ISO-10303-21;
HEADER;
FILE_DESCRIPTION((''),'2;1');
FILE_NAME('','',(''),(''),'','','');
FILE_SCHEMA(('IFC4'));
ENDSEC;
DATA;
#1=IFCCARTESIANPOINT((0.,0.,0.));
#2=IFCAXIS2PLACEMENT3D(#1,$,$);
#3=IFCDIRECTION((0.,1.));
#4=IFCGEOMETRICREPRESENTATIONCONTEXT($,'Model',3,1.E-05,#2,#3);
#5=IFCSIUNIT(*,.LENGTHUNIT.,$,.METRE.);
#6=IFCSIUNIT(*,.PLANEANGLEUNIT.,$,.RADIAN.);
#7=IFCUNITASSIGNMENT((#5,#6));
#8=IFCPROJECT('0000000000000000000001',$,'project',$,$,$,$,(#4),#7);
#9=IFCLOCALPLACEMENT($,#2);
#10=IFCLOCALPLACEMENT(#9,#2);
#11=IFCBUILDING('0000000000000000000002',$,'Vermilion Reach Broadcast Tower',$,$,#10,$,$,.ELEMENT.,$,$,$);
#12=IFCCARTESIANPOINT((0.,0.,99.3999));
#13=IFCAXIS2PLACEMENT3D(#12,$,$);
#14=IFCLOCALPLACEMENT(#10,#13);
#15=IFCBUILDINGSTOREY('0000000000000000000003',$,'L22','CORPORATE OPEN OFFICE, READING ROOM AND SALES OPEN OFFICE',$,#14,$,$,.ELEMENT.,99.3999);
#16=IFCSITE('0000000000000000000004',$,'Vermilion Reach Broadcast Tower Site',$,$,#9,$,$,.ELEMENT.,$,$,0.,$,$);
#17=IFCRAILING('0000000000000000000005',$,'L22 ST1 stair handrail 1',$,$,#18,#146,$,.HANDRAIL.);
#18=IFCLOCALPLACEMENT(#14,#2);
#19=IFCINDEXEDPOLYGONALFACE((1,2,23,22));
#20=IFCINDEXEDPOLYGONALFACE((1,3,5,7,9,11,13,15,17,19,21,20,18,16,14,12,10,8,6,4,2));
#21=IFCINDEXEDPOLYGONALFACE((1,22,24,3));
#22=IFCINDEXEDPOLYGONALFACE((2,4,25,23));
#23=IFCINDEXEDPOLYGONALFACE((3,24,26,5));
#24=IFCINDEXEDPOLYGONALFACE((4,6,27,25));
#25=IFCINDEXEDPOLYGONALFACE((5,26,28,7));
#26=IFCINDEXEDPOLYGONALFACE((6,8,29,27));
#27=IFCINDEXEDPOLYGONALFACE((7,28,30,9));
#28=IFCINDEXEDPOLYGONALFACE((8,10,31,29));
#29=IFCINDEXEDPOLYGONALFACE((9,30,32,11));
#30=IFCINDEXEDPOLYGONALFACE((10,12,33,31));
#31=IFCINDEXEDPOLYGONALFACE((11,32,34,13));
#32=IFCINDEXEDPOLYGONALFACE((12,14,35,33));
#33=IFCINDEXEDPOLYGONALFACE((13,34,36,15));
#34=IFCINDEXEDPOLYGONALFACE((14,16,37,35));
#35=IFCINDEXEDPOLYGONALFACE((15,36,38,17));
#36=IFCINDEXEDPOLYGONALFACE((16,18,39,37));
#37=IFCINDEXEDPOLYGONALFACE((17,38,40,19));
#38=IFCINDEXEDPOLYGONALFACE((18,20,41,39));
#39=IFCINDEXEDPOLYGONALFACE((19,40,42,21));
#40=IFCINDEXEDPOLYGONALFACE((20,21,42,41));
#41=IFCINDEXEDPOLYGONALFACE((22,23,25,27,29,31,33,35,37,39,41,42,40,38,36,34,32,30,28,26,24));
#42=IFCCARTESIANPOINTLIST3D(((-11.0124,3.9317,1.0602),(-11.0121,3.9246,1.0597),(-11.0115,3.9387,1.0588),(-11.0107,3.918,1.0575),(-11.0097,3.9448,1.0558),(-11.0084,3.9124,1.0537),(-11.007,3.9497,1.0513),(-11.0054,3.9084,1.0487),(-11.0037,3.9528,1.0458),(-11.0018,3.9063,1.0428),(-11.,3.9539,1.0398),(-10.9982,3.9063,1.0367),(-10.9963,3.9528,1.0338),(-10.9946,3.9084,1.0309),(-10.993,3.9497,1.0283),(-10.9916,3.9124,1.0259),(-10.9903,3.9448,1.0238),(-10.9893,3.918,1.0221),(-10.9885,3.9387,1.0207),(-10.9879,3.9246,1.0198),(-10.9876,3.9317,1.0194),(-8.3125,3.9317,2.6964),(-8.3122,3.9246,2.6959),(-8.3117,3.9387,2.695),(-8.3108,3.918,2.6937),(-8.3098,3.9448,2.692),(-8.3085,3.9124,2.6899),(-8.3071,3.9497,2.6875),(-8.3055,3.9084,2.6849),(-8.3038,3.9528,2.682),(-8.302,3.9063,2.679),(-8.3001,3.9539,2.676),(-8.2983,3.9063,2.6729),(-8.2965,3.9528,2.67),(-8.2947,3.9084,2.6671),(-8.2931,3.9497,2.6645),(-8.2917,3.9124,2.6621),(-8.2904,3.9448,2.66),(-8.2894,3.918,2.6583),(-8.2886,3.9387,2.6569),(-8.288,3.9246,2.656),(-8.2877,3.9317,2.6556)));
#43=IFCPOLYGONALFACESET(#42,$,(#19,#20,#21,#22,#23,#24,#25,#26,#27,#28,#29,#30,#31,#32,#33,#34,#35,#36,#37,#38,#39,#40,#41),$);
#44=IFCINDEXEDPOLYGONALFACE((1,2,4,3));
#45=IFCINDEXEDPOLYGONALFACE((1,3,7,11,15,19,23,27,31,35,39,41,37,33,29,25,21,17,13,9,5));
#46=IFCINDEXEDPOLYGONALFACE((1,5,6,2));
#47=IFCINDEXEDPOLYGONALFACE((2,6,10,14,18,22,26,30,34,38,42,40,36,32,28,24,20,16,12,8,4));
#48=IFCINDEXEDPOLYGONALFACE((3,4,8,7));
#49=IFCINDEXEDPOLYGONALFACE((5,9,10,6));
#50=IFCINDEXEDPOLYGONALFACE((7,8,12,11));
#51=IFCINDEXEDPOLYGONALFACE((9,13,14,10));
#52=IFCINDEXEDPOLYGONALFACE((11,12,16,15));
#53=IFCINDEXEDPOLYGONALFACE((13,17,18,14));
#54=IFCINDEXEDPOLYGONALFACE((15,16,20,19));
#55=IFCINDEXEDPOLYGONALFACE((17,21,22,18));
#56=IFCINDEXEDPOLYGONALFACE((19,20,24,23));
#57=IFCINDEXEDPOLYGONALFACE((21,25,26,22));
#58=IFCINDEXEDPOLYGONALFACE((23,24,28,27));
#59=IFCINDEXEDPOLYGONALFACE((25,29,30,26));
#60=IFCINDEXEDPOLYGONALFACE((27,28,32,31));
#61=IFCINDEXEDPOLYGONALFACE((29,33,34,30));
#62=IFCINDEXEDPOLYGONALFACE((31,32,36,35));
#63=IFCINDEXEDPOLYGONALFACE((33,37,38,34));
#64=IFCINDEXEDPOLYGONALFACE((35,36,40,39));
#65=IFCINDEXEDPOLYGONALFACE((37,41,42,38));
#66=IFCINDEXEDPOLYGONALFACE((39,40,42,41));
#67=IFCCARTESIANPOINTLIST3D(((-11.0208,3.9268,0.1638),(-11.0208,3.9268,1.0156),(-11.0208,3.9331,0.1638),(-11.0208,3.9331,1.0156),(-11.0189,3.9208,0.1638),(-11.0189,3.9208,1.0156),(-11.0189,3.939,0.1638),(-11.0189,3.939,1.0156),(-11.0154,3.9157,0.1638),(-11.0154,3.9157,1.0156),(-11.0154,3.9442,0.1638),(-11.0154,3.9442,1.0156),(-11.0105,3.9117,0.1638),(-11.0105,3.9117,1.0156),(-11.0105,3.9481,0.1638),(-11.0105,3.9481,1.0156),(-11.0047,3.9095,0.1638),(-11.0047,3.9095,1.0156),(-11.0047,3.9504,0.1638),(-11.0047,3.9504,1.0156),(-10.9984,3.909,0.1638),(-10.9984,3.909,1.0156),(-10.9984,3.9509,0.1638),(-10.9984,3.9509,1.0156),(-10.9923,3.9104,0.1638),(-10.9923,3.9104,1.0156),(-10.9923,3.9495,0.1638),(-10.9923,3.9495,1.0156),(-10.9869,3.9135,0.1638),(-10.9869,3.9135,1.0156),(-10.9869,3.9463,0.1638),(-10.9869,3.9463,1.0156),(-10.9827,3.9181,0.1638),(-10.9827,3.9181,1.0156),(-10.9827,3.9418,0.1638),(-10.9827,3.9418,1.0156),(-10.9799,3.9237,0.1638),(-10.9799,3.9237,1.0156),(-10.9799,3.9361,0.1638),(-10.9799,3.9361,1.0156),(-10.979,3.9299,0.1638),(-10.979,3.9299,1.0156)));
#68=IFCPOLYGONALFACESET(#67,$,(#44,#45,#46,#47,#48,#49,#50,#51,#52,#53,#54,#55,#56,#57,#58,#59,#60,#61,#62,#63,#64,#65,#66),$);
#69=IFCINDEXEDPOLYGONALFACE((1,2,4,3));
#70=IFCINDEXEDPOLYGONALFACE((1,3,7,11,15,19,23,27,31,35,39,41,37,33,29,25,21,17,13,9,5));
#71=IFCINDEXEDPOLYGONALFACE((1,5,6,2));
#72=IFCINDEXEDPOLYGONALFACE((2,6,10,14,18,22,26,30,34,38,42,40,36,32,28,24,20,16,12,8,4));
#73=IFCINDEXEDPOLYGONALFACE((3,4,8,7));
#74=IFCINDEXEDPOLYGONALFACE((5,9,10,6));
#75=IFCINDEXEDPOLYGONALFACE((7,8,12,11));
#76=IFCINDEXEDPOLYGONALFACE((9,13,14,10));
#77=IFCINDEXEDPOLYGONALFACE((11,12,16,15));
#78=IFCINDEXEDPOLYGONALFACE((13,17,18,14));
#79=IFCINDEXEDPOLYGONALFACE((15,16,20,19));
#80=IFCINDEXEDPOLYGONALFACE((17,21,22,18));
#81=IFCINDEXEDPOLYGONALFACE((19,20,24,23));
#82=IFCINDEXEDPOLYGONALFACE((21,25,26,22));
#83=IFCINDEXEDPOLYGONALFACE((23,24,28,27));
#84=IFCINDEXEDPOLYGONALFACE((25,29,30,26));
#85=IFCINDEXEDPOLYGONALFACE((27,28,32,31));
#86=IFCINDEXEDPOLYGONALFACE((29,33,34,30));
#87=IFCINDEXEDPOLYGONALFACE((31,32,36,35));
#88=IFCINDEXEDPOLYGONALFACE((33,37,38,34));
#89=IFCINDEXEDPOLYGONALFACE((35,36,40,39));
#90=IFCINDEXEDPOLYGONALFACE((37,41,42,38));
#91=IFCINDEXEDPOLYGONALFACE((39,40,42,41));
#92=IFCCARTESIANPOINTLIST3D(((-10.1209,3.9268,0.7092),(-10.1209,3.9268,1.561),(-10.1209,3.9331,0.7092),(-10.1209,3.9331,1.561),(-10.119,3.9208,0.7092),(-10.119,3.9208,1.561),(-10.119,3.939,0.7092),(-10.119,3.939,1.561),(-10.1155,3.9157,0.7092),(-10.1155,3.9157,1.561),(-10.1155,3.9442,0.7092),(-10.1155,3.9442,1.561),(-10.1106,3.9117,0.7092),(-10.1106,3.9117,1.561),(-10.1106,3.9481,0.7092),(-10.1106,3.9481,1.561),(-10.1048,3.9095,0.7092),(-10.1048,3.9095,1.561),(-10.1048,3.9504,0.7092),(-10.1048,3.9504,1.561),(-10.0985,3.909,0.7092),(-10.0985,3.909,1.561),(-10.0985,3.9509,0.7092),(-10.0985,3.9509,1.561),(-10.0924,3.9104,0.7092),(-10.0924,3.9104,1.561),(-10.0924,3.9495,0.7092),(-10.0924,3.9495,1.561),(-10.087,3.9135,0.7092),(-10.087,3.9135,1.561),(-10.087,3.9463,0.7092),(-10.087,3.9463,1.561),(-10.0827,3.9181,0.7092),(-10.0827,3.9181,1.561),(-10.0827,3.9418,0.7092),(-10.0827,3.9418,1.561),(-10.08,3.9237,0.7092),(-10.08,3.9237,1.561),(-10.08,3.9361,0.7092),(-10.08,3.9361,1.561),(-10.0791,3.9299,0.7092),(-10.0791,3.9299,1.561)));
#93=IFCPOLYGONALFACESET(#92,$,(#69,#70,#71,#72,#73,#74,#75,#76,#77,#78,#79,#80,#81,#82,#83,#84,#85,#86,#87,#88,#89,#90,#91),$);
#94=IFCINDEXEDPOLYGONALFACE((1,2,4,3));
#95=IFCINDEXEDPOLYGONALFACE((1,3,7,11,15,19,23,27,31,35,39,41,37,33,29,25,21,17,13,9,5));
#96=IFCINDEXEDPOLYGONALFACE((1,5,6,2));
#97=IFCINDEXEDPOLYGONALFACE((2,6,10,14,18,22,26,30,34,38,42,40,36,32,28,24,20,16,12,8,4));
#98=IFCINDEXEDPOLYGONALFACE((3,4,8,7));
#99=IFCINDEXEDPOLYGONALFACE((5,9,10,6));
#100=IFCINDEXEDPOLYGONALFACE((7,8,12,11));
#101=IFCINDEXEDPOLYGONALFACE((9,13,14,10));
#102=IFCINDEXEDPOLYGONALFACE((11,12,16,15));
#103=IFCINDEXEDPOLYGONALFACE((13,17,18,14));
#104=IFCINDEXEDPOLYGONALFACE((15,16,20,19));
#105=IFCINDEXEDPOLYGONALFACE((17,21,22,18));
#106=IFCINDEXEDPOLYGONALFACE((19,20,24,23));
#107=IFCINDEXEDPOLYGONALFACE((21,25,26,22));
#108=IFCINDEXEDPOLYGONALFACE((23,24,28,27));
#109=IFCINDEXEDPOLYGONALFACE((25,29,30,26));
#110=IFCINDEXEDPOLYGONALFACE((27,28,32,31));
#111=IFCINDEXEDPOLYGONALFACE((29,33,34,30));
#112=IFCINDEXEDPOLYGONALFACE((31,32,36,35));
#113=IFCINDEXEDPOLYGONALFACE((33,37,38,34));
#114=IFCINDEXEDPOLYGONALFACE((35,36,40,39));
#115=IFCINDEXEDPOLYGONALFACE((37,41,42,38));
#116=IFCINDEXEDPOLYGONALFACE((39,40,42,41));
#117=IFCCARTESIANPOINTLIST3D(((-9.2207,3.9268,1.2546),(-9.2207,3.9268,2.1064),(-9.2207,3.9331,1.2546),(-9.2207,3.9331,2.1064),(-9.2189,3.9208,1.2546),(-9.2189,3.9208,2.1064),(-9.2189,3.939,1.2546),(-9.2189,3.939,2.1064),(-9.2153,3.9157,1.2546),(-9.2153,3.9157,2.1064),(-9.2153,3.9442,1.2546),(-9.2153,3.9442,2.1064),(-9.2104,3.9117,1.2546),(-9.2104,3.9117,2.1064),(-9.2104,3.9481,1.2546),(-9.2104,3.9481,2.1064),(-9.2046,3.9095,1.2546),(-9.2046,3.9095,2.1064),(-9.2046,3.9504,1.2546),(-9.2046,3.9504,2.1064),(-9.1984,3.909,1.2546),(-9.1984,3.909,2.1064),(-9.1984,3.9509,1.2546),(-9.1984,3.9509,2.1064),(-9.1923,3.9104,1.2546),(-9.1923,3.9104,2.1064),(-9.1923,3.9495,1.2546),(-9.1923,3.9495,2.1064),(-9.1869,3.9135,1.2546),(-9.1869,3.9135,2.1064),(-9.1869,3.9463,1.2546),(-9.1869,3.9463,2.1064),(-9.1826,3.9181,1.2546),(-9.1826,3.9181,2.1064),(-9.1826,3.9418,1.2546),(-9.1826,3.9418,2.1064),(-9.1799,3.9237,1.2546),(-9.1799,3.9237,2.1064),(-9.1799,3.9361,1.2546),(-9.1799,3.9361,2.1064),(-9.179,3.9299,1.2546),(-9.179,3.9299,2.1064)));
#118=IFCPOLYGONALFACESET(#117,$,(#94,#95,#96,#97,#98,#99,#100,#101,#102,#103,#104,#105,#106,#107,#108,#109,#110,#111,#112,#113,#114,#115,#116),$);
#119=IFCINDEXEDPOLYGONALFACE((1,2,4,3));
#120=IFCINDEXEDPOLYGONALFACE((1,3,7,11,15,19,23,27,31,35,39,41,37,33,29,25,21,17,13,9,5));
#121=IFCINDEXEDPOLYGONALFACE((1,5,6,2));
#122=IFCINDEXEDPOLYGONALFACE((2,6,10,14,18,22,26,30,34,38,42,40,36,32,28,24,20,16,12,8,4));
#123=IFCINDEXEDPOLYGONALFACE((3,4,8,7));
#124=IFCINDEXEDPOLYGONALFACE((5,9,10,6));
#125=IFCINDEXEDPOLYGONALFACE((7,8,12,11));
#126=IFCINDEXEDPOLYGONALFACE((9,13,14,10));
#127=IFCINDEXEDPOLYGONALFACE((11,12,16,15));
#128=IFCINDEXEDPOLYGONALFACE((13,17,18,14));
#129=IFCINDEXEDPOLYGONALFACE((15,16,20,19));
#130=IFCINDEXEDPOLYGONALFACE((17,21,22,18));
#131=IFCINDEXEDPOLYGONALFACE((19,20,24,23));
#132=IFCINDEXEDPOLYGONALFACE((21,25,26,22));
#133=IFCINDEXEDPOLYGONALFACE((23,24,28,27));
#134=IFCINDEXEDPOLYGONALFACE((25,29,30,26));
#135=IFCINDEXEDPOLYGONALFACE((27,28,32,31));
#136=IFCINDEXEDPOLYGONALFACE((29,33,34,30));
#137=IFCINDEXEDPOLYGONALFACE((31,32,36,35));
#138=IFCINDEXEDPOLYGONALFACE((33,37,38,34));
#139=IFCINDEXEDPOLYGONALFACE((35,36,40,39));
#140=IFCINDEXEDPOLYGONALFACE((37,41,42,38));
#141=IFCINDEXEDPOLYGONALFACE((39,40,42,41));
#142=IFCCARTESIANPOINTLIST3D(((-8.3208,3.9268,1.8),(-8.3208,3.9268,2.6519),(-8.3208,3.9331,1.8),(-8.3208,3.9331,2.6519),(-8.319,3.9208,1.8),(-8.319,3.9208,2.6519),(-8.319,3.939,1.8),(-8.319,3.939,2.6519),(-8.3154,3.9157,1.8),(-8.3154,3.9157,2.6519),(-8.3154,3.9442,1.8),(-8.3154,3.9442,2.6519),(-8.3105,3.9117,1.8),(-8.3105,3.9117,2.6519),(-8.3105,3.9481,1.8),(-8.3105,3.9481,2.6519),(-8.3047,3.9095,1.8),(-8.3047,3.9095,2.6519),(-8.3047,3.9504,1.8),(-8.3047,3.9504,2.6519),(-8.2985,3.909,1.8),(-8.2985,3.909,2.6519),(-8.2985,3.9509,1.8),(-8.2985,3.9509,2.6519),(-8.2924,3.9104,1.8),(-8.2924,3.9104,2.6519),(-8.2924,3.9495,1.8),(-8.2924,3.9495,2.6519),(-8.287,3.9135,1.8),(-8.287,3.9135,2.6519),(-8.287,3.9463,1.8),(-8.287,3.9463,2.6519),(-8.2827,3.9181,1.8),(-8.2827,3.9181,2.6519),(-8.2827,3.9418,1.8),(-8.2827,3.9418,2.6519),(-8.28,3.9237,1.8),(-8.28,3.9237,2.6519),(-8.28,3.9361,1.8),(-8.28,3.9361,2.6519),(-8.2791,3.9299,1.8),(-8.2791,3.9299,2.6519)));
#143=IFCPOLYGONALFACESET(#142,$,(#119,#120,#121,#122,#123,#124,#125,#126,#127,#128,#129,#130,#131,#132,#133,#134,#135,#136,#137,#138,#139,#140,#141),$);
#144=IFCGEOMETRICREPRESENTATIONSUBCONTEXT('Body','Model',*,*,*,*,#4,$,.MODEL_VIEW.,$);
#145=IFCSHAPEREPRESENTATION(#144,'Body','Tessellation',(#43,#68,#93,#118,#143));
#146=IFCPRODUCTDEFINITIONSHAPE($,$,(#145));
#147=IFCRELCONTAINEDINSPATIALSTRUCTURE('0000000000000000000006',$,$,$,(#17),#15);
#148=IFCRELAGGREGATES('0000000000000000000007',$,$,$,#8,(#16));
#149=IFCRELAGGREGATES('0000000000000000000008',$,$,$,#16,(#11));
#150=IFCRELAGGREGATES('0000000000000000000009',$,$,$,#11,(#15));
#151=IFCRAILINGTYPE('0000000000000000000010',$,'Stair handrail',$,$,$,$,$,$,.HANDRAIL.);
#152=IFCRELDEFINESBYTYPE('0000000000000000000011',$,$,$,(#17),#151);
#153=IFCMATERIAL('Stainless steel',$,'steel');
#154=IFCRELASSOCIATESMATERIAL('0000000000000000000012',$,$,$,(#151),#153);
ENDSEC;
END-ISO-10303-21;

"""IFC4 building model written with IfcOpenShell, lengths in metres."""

from ifc_helpers import new_model, si_unit, direction, frame, origin, origin_2d, place, context, subcontext, project, spatial, circle, extrude, material, type_object, element, save


model = new_model("IFC4")

# Units and contexts
model_context = context("Model", 3, precision=1e-05, world=origin(), true_north=direction((0.0, 1.0)))
body_context = subcontext(model_context, "Body", "Model", "MODEL_VIEW")
ifc_project = project(units=[si_unit("LENGTHUNIT", "METRE"), si_unit("PLANEANGLEUNIT", "RADIAN")], contexts=[model_context])

# Site, building, storey
site_placement = place(None, origin())
site = spatial("IfcSite", under=ifc_project, at=site_placement, Name="Vermilion Reach Broadcast Tower Site", CompositionType="ELEMENT", RefElevation=0.0)
building_placement = place(site_placement, origin())
building = spatial("IfcBuilding", under=site, at=building_placement, Name="Vermilion Reach Broadcast Tower", CompositionType="ELEMENT")
storey_placement = place(building_placement, frame((0.0, 0.0, 99.3999)))
storey = spatial("IfcBuildingStorey", under=building, at=storey_placement, Name="L22", Description="CORPORATE OPEN OFFICE, READING ROOM AND SALES OPEN OFFICE", CompositionType="ELEMENT", Elevation=99.3999)

# Railing
ifc_material_1 = material(Name="Stainless steel", Category="steel")
railing_type_1 = type_object("IfcRailingType", Name="Stair handrail", PredefinedType="HANDRAIL", material=ifc_material_1)
railing_1_placement = place(storey_placement, frame((-11.0, 3.9299, 0.1638)))
element("IfcRailing", 1, at=railing_1_placement, inside=storey, type_object=railing_type_1, Name="L22 ST1 stair handrail 1", PredefinedType="HANDRAIL", context=body_context, shape_type="SweptSolid", body=[
    extrude(circle(Radius=0.0239, at=origin_2d()), frame((0.0, 0.0, 0.876), z_axis=(0.855212, 0.0, 0.518278), x_axis=(0.0, 1.0, 0.0)), (0.0, 0.0, 1.0), 3.157),
    extrude(circle(Radius=0.021, at=origin_2d()), origin(), (0.0, 0.0, 1.0), 0.8518),
    extrude(circle(Radius=0.021, at=origin_2d()), frame((0.8999, 0.0, 0.5454)), (0.0, 0.0, 1.0), 0.8518),
    extrude(circle(Radius=0.021, at=origin_2d()), frame((1.8, 0.0, 1.0908)), (0.0, 0.0, 1.0), 0.8518),
    extrude(circle(Radius=0.021, at=origin_2d()), frame((2.7, 0.0, 1.6362)), (0.0, 0.0, 1.0), 0.8518),
])

save(model, "model.ifc")
